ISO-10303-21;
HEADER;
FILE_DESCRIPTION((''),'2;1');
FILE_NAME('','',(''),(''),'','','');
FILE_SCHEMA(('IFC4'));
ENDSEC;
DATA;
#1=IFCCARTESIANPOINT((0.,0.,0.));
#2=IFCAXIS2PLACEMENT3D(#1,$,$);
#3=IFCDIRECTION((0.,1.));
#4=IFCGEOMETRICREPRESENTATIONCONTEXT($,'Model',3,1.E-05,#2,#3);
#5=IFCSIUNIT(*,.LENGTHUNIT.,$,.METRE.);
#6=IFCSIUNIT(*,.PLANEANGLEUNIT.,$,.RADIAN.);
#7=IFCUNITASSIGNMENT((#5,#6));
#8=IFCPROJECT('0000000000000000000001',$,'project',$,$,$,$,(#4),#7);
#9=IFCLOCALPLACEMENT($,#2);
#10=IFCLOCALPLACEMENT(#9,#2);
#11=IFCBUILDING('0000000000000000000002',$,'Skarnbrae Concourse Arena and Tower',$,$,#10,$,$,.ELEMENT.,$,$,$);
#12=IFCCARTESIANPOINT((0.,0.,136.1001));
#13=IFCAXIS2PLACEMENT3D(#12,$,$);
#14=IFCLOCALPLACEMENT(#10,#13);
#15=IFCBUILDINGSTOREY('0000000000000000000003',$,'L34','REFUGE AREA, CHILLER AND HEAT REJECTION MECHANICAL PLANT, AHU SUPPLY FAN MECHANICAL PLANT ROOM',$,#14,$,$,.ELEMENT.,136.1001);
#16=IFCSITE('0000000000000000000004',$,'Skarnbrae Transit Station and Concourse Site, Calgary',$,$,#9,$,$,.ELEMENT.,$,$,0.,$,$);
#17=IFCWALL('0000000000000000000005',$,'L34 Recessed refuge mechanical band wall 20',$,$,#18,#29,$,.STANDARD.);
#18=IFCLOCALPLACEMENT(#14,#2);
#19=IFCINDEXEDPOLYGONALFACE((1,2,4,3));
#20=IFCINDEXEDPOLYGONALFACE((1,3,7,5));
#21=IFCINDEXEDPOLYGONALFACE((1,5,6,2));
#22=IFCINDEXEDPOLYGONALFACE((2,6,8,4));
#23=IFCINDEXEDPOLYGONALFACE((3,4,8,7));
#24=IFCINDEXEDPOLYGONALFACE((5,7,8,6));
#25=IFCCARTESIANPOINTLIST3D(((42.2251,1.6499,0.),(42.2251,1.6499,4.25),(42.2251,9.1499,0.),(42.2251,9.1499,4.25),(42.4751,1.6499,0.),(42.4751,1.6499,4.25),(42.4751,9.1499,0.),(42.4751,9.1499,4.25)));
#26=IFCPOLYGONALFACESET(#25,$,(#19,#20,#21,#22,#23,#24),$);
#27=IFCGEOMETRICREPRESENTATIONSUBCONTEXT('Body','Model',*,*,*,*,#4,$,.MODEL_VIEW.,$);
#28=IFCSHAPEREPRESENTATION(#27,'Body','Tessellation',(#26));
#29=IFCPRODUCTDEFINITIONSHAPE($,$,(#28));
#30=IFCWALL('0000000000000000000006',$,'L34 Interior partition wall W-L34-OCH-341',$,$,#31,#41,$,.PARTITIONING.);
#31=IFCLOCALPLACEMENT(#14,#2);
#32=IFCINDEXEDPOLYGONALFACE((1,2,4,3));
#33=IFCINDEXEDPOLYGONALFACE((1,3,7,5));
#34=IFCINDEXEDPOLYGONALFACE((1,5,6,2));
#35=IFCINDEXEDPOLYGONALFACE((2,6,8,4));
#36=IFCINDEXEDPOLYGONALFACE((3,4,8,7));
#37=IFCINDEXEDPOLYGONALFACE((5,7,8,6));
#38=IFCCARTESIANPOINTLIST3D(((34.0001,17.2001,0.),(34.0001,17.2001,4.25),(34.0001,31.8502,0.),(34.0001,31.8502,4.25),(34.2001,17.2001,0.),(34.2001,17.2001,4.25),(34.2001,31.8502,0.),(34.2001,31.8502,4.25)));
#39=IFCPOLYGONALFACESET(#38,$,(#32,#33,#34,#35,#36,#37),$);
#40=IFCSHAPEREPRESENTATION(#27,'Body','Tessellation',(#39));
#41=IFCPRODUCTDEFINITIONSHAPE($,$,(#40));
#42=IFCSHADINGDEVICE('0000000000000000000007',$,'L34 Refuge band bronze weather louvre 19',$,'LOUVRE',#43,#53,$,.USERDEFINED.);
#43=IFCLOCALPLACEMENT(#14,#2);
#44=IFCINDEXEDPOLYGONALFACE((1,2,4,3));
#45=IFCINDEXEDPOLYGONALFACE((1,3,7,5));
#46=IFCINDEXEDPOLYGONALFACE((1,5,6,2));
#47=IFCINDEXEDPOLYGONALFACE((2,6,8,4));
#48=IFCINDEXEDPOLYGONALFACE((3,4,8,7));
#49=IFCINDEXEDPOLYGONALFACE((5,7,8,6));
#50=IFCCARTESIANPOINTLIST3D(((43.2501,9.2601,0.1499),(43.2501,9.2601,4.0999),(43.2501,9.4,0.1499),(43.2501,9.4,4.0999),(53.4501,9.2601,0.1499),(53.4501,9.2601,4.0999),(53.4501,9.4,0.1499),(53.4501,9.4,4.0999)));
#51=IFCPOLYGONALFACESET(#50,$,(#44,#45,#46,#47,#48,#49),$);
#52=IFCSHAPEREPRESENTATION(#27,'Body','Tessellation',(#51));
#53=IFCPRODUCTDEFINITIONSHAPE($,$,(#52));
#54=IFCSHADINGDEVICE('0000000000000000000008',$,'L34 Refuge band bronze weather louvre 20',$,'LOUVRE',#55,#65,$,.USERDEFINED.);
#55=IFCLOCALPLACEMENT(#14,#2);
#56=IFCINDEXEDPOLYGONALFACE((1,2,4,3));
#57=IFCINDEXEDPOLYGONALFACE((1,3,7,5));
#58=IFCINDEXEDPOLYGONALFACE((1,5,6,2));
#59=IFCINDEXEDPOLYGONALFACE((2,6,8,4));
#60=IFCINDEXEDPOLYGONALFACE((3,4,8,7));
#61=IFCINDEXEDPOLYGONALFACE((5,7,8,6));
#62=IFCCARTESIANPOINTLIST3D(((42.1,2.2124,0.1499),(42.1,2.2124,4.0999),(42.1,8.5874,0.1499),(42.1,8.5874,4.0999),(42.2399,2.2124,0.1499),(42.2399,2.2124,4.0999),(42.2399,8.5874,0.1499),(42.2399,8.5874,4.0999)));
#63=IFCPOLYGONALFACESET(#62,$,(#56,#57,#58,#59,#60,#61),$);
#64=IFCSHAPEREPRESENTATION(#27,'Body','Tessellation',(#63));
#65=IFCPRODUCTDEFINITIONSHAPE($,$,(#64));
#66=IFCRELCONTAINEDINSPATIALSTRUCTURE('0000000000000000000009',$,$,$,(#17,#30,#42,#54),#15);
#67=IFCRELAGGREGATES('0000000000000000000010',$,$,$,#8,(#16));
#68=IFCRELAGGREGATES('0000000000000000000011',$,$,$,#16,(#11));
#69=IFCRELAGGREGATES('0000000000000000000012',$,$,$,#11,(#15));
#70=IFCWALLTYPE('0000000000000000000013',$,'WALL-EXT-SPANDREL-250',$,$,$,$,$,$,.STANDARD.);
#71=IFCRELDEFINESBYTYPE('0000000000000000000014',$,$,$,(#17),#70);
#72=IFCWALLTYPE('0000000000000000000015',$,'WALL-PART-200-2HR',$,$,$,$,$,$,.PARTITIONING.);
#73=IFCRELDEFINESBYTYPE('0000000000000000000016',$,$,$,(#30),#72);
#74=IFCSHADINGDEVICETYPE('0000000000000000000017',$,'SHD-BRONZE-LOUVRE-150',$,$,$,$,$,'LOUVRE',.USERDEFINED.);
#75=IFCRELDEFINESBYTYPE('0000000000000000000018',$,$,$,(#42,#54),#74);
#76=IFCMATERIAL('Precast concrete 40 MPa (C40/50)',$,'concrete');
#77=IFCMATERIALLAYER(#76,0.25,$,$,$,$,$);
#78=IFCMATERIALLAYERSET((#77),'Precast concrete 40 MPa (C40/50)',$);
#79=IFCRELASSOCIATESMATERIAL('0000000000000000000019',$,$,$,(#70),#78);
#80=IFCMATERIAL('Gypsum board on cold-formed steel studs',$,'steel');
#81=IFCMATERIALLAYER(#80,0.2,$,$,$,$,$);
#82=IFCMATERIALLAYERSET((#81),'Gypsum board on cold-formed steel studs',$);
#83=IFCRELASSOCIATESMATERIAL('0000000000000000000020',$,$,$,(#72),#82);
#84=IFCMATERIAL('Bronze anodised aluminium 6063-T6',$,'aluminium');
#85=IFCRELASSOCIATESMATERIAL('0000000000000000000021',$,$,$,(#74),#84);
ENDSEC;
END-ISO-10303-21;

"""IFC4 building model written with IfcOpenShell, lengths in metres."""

from ifc_helpers import new_model, si_unit, direction, frame, frame_2d, origin, origin_2d, place, context, subcontext, project, spatial, rectangle, extrude, source, transform, mapped, material, layer, layer_set, type_object, element, save


model = new_model("IFC4")

# Units and contexts
model_context = context("Model", 3, precision=1e-05, world=origin(), true_north=direction((0.0, 1.0)))
body_context = subcontext(model_context, "Body", "Model", "MODEL_VIEW")
ifc_project = project(units=[si_unit("LENGTHUNIT", "METRE"), si_unit("PLANEANGLEUNIT", "RADIAN")], contexts=[model_context])

# Site, building, storey
site_placement = place(None, origin())
site = spatial("IfcSite", under=ifc_project, at=site_placement, Name="Skarnbrae Transit Station and Concourse Site, Calgary", CompositionType="ELEMENT", RefElevation=0.0)
building_placement = place(site_placement, origin())
building = spatial("IfcBuilding", under=site, at=building_placement, Name="Skarnbrae Concourse Arena and Tower", CompositionType="ELEMENT")
storey_placement = place(building_placement, frame((0.0, 0.0, 136.1001)))
storey = spatial("IfcBuildingStorey", under=building, at=storey_placement, Name="L34", Description="REFUGE AREA, CHILLER AND HEAT REJECTION MECHANICAL PLANT, AHU SUPPLY FAN MECHANICAL PLANT ROOM", CompositionType="ELEMENT", Elevation=136.1001)

# Walls
ifc_material_1 = material(Name="Precast concrete 40 MPa (C40/50)", Category="concrete")
ifc_layer_1 = layer(ifc_material_1, 0.25)
ifc_layer_set_1 = layer_set([ifc_layer_1], Name="Precast concrete 40 MPa (C40/50)")
wall_type_1 = type_object("IfcWallType", Name="WALL-EXT-SPANDREL-250", PredefinedType="STANDARD", material=ifc_layer_set_1)
shared_shape_1 = source(origin(), body_context, "Body", "SweptSolid", [
    extrude(rectangle(XDim=7.5, YDim=0.25, at=frame_2d((3.75, 0.0))), origin(), (0.0, 0.0, 1.0), 4.25),
])
wall_1_placement = place(storey_placement, frame((42.3501, 9.1499, 0.0), z_axis=(0.0, 0.0, 1.0), x_axis=(0.0, -1.0, 0.0)))
element("IfcWall", 1, at=wall_1_placement, inside=storey, type_object=wall_type_1, Name="L34 Recessed refuge mechanical band wall 20", PredefinedType="STANDARD", context=body_context, shape_type="MappedRepresentation", body=[
    mapped(shared_shape_1, transform((0.0, 0.0, 0.0))),
])
ifc_material_2 = material(Name="Gypsum board on cold-formed steel studs", Category="steel")
ifc_layer_2 = layer(ifc_material_2, 0.2)
ifc_layer_set_2 = layer_set([ifc_layer_2], Name="Gypsum board on cold-formed steel studs")
wall_type_2 = type_object("IfcWallType", Name="WALL-PART-200-2HR", PredefinedType="PARTITIONING", material=ifc_layer_set_2)
shared_shape_2 = source(origin(), body_context, "Body", "SweptSolid", [
    extrude(rectangle(XDim=14.6501, YDim=0.2, at=frame_2d((7.3252, 0.0))), origin(), (0.0, 0.0, 1.0), 4.25),
])
wall_2_placement = place(storey_placement, frame((34.1001, 17.2, 0.0), z_axis=(0.0, 0.0, 1.0), x_axis=(0.0, 1.0, 0.0)))
element("IfcWall", 2, at=wall_2_placement, inside=storey, type_object=wall_type_2, Name="L34 Interior partition wall W-L34-OCH-341", PredefinedType="PARTITIONING", context=body_context, shape_type="MappedRepresentation", body=[
    mapped(shared_shape_2, transform((0.0, 0.0, 0.0))),
])

# Shading devices
ifc_material_3 = material(Name="Bronze anodised aluminium 6063-T6", Category="aluminium")
shading_device_type = type_object("IfcShadingDeviceType", Name="SHD-BRONZE-LOUVRE-150", ElementType="LOUVRE", PredefinedType="USERDEFINED", material=ifc_material_3)
shared_shape_3 = source(origin(), body_context, "Body", "SweptSolid", [
    extrude(rectangle(XDim=10.2, YDim=0.1399, at=origin_2d()), origin(), (0.0, 0.0, 1.0), 3.95),
])
shading_device_1_placement = place(storey_placement, frame((48.3501, 9.3301, 0.1499), z_axis=(0.0, 0.0, 1.0), x_axis=(-1.0, 0.0, 0.0)))
element("IfcShadingDevice", 3, at=shading_device_1_placement, inside=storey, type_object=shading_device_type, Name="L34 Refuge band bronze weather louvre 19", ObjectType="LOUVRE", PredefinedType="USERDEFINED", context=body_context, shape_type="MappedRepresentation", body=[
    mapped(shared_shape_3, transform((0.0, 0.0, 0.0))),
])
shared_shape_4 = source(origin(), body_context, "Body", "SweptSolid", [
    extrude(rectangle(XDim=6.375, YDim=0.1399, at=origin_2d()), origin(), (0.0, 0.0, 1.0), 3.95),
])
shading_device_2_placement = place(storey_placement, frame((42.1699, 5.3999, 0.1499), z_axis=(0.0, 0.0, 1.0), x_axis=(0.0, -1.0, 0.0)))
element("IfcShadingDevice", 4, at=shading_device_2_placement, inside=storey, type_object=shading_device_type, Name="L34 Refuge band bronze weather louvre 20", ObjectType="LOUVRE", PredefinedType="USERDEFINED", context=body_context, shape_type="MappedRepresentation", body=[
    mapped(shared_shape_4, transform((0.0, 0.0, 0.0))),
])

save(model, "model.ifc")
